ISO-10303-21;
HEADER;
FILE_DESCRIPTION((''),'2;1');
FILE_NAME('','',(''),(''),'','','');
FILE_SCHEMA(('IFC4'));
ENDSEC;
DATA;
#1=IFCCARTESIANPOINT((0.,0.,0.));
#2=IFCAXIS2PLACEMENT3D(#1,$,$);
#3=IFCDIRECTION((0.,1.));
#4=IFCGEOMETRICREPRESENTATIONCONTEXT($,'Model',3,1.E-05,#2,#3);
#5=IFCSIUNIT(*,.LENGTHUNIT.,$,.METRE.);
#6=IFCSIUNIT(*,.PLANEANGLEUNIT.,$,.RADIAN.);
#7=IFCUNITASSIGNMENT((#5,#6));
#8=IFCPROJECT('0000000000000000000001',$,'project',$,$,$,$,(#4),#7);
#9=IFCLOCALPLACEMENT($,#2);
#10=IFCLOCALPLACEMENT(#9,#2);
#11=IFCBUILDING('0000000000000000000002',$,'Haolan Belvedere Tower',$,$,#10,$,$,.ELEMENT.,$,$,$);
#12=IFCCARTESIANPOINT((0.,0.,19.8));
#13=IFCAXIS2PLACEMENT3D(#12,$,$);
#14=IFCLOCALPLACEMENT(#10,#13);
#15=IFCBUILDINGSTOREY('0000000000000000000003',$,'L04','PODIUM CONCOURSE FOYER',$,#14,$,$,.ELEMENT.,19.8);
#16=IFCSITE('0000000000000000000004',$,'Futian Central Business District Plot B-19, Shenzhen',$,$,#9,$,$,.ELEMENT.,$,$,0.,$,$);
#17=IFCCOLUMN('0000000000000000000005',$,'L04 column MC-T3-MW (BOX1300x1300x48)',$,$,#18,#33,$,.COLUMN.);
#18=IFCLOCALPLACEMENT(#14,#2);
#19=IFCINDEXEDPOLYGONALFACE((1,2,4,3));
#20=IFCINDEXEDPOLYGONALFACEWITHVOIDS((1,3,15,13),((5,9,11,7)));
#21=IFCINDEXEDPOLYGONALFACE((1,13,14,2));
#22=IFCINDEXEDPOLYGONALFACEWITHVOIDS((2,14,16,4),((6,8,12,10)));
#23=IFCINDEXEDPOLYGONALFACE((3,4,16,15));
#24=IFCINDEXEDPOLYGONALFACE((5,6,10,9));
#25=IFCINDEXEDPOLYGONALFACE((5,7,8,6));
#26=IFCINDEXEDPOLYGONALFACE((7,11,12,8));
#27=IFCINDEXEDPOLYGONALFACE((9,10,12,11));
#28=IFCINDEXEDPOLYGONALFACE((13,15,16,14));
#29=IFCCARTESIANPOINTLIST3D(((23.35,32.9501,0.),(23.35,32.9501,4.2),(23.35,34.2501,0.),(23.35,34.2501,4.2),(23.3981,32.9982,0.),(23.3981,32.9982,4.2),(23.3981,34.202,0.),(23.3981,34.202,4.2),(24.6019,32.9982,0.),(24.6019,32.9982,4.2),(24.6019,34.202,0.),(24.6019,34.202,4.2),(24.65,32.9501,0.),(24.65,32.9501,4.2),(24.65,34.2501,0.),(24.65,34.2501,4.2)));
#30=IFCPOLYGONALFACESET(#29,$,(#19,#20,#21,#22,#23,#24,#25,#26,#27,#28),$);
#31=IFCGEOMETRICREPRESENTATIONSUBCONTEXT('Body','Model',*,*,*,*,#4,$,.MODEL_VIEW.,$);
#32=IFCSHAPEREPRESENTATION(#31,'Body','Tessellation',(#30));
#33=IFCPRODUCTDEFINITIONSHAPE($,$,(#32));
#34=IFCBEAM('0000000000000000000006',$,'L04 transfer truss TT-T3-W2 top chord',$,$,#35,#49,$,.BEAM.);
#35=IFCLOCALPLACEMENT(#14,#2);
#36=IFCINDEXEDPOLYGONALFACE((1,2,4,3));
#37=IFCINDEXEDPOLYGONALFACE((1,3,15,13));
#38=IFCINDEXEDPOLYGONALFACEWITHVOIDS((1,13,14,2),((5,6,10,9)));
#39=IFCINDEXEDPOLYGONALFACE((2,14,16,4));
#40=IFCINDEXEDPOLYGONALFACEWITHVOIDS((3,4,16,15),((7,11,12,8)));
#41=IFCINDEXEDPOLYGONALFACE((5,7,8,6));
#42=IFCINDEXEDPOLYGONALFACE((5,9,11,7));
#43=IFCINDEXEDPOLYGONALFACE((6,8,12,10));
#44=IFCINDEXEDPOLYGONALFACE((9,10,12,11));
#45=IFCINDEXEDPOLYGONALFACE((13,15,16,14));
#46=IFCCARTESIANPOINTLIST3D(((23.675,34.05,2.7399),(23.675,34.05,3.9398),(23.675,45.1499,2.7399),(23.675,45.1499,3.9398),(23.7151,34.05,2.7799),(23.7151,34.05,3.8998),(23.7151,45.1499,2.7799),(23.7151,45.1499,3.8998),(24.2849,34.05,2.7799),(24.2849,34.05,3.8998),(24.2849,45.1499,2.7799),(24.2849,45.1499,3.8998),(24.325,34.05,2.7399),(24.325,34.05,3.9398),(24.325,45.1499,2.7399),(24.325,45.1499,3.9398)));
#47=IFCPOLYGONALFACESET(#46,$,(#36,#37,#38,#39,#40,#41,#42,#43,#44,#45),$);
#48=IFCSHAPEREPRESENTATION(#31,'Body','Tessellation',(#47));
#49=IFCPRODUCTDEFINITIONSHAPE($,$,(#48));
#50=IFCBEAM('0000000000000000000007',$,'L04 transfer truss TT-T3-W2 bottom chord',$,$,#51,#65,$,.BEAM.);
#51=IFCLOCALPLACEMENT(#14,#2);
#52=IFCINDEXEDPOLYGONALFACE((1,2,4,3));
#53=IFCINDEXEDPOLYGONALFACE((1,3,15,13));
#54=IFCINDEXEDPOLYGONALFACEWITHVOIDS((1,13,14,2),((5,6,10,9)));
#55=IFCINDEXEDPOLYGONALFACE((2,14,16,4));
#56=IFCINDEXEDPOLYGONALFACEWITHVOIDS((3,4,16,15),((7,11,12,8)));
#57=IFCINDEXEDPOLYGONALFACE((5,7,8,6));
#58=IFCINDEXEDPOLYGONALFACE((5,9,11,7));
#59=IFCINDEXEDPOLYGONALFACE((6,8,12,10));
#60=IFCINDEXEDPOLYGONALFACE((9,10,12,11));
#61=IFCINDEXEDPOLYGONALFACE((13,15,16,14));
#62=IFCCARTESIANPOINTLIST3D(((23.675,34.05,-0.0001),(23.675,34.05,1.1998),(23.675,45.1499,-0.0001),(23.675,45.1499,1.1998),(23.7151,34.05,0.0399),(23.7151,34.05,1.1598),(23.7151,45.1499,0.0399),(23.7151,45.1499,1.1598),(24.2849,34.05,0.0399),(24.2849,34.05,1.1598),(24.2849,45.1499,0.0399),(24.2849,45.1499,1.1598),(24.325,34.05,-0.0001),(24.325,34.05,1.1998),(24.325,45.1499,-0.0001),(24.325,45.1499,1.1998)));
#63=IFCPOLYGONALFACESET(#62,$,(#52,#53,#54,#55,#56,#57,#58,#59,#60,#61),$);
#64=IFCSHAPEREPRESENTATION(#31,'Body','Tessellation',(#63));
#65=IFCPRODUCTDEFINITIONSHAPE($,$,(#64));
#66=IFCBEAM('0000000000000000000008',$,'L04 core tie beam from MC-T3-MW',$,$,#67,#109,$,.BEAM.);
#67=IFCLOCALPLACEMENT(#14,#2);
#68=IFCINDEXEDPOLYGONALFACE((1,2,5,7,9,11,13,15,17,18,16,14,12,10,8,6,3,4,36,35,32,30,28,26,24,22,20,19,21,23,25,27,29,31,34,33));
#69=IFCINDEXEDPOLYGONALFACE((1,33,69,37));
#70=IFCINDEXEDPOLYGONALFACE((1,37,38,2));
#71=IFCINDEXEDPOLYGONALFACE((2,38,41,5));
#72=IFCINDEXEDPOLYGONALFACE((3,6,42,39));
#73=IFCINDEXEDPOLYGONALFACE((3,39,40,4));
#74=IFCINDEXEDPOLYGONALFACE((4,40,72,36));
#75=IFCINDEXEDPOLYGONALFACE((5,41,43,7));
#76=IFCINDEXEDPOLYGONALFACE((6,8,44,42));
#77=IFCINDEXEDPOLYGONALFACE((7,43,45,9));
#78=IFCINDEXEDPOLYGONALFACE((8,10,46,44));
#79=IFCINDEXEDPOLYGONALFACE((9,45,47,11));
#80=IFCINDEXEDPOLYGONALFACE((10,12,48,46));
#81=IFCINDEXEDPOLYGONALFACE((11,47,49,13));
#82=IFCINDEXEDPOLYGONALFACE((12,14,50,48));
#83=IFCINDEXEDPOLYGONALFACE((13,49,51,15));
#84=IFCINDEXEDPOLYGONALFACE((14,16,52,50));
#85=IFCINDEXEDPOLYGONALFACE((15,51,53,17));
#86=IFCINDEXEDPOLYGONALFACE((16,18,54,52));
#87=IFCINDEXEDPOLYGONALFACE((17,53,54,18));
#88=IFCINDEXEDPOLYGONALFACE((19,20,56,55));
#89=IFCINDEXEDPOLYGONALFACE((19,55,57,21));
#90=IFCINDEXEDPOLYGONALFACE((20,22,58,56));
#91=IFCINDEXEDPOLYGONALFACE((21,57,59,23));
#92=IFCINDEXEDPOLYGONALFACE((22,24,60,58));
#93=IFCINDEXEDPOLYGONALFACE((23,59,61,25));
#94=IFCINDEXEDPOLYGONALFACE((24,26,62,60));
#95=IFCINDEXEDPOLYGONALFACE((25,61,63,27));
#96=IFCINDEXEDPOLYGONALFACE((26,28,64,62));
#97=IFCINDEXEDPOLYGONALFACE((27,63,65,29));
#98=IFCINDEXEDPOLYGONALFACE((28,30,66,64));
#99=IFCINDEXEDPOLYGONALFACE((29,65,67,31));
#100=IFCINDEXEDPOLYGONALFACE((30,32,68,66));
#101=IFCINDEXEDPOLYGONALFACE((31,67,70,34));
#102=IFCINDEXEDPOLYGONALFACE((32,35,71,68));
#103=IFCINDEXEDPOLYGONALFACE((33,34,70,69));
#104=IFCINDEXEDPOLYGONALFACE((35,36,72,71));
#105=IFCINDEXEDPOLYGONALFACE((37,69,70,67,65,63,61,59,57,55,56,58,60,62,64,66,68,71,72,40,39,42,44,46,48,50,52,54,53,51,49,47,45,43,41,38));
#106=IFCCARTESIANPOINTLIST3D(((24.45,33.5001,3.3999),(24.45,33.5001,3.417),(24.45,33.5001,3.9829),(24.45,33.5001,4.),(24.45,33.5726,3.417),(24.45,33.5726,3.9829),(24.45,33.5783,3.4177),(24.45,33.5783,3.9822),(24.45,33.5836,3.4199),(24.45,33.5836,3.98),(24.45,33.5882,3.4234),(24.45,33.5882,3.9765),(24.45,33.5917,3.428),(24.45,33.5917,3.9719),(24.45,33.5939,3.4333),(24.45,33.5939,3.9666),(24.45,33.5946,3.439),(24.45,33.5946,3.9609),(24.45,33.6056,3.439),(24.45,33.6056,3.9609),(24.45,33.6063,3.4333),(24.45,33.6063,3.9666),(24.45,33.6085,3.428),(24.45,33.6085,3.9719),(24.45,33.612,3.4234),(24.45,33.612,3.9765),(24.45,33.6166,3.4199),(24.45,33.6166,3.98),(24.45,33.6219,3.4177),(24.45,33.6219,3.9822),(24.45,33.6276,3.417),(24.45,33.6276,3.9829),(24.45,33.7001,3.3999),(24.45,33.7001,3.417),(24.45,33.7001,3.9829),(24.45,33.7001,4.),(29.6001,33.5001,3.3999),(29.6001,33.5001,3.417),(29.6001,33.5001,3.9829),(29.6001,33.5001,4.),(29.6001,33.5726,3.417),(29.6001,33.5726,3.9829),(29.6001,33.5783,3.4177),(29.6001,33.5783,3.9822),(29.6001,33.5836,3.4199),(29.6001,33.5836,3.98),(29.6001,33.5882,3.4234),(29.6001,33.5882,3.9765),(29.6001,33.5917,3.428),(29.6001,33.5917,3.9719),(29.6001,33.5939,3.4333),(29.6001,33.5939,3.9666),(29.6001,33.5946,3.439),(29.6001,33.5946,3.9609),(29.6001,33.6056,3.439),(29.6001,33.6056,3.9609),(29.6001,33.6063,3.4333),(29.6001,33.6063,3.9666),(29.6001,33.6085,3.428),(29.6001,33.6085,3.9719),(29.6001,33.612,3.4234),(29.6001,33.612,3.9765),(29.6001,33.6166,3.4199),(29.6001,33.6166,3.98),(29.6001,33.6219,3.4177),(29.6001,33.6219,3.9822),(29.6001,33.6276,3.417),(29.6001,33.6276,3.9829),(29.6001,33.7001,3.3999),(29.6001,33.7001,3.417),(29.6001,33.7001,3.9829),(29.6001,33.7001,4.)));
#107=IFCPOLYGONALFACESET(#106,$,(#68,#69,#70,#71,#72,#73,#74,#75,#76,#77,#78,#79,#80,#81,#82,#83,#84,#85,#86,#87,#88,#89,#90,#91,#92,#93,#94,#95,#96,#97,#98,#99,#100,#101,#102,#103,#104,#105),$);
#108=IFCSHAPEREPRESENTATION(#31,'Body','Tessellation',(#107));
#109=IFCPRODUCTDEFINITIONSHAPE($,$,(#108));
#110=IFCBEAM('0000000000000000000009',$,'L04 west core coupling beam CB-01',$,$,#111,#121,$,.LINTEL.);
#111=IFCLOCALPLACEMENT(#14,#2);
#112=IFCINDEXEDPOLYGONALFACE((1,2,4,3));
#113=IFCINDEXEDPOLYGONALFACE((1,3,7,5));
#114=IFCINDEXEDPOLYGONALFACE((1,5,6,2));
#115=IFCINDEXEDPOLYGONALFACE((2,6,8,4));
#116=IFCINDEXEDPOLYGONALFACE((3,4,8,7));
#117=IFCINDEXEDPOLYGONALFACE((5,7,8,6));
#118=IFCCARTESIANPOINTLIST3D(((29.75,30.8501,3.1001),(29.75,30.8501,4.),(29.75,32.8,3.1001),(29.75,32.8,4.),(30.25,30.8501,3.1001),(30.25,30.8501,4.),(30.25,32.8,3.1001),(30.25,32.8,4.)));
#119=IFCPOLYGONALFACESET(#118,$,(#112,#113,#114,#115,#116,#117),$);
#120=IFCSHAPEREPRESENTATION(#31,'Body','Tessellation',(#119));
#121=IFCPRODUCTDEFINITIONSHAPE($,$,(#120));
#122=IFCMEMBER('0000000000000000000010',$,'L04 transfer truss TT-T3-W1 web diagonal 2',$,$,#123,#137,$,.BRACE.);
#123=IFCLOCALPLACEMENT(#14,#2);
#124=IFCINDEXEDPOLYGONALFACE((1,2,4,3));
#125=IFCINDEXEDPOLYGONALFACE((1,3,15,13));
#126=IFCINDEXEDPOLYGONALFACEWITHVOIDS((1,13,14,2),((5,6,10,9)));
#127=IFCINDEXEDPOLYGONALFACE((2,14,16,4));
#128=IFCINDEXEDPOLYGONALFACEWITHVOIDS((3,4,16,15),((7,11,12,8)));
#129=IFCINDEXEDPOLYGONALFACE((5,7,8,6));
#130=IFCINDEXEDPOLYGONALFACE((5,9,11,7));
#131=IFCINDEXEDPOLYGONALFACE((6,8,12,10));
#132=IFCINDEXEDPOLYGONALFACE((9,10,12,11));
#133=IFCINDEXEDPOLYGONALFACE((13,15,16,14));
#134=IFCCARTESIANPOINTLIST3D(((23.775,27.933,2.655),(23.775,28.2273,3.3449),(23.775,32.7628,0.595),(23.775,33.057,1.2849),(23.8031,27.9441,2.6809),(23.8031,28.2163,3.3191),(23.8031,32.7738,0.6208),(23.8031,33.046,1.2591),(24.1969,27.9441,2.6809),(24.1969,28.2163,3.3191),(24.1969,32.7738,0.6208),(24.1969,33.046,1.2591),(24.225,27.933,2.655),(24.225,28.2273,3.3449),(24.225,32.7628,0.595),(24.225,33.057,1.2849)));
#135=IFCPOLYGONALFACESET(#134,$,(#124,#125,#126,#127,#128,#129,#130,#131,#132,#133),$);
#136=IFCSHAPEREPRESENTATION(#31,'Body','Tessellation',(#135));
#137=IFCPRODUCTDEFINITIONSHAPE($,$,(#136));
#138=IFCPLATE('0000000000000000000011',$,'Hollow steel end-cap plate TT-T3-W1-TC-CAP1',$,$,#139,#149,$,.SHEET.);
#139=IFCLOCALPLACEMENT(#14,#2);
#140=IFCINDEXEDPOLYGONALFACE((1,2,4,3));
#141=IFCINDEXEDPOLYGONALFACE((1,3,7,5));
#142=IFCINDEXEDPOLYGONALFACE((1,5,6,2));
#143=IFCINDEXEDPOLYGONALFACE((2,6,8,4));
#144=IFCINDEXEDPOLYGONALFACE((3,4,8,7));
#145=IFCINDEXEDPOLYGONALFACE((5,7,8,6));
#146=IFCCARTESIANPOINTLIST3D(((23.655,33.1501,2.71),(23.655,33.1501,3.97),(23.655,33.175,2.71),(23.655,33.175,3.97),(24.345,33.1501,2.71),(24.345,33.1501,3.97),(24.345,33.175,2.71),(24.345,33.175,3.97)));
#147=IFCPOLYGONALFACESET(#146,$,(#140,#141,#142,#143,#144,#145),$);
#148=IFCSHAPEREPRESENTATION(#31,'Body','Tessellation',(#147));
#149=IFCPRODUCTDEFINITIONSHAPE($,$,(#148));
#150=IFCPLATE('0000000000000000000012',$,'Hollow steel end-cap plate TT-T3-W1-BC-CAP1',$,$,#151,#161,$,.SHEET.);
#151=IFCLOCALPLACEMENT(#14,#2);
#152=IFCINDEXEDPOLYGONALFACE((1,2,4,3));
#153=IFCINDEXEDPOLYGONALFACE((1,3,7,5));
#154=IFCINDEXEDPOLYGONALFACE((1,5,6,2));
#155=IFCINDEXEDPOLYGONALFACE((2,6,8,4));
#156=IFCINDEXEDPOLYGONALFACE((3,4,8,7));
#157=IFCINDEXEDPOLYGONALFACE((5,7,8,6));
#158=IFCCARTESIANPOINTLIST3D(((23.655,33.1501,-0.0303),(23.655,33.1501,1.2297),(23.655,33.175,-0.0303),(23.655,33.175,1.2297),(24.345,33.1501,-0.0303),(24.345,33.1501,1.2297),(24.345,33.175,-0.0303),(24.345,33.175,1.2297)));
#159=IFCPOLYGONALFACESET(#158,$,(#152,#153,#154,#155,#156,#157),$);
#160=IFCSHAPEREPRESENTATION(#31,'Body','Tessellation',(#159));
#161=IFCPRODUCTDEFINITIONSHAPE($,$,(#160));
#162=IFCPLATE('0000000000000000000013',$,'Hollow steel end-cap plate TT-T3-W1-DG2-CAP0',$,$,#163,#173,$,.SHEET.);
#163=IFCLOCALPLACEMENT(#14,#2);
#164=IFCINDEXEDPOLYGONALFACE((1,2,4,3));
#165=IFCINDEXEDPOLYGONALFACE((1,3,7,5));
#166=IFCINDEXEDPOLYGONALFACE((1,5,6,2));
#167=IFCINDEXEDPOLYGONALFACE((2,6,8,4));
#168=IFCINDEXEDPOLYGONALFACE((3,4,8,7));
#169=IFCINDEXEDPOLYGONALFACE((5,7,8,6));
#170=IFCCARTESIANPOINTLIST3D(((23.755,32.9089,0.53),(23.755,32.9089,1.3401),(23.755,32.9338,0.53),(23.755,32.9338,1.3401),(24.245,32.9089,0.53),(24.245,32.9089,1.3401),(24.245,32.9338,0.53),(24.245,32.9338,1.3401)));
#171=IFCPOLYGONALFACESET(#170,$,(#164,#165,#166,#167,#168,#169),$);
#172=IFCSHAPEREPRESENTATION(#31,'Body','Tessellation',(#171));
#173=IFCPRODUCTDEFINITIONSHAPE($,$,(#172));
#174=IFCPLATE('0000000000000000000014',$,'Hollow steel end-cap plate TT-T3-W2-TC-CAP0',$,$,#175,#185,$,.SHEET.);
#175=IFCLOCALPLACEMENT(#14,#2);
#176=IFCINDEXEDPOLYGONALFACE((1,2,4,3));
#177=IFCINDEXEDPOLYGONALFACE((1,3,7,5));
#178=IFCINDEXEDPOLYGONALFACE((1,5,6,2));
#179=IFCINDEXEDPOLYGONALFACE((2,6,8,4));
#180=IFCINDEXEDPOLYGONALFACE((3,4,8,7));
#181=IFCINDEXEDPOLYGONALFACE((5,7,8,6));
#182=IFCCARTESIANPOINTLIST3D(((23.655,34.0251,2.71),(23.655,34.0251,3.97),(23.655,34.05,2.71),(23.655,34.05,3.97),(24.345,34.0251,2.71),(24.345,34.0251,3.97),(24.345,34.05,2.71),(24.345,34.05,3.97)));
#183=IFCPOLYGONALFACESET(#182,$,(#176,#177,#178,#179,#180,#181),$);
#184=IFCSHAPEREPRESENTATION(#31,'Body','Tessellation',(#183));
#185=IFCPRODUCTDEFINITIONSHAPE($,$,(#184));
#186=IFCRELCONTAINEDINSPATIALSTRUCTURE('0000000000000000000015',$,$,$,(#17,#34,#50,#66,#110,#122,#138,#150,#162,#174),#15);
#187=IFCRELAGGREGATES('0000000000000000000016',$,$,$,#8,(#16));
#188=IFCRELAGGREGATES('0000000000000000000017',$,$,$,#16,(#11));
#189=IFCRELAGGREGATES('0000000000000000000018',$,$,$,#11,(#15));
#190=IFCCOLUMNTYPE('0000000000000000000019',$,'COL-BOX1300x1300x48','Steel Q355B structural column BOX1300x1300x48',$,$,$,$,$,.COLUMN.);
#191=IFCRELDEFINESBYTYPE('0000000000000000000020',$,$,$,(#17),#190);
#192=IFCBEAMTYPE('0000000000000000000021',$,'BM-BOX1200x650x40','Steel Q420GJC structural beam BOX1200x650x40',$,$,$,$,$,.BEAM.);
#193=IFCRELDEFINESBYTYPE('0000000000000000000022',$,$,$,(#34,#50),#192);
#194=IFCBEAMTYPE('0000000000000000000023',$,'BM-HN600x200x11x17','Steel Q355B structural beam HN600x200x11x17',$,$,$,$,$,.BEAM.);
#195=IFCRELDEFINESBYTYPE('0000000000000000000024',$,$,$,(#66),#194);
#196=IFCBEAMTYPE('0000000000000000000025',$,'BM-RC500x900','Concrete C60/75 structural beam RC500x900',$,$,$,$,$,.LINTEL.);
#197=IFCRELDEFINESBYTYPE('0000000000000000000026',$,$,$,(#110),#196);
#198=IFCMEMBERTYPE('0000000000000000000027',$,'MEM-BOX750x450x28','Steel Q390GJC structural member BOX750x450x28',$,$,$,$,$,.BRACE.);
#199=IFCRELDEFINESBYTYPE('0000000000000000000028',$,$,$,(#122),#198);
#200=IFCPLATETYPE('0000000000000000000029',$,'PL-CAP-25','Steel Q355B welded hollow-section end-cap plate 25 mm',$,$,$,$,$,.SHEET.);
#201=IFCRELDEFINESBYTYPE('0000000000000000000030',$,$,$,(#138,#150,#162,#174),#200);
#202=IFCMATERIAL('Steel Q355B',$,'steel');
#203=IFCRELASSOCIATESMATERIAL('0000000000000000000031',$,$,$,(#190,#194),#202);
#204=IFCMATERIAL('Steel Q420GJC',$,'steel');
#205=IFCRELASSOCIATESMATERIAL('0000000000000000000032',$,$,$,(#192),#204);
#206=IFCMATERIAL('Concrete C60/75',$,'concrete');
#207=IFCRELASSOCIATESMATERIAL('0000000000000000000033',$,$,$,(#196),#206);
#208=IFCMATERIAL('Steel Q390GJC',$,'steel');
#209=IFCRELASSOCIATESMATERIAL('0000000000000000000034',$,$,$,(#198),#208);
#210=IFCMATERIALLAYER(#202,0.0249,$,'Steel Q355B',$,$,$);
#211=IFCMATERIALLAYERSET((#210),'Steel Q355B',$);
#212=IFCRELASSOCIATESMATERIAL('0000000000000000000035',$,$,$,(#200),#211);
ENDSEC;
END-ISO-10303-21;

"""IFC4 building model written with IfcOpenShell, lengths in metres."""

from ifc_helpers import new_model, si_unit, direction, frame, origin, origin_2d, place, context, subcontext, project, spatial, rectangle, hollow_rectangle, i_section, extrude, material, layer, layer_set, material_profile, profile_set, type_object, element, save


model = new_model("IFC4")

# Units and contexts
model_context = context("Model", 3, precision=1e-05, world=origin(), true_north=direction((0.0, 1.0)))
body_context = subcontext(model_context, "Body", "Model", "MODEL_VIEW")
ifc_project = project(units=[si_unit("LENGTHUNIT", "METRE"), si_unit("PLANEANGLEUNIT", "RADIAN")], contexts=[model_context])

# Site, building, storey
site_placement = place(None, origin())
site = spatial("IfcSite", under=ifc_project, at=site_placement, Name="Futian Central Business District Plot B-19, Shenzhen", CompositionType="ELEMENT", RefElevation=0.0)
building_placement = place(site_placement, origin())
building = spatial("IfcBuilding", under=site, at=building_placement, Name="Haolan Belvedere Tower", CompositionType="ELEMENT")
storey_placement = place(building_placement, frame((0.0, 0.0, 19.8)))
storey = spatial("IfcBuildingStorey", under=building, at=storey_placement, Name="L04", Description="PODIUM CONCOURSE FOYER", CompositionType="ELEMENT", Elevation=19.8)

# Column
ifc_material_1 = material(Name="Steel Q355B", Category="steel")
ifc_material_profile_1 = material_profile(ifc_material_1, hollow_rectangle(XDim=1.3, YDim=1.3, WallThickness=0.0481, at=origin_2d()), Name="Steel Q355B")
ifc_profile_set_1 = profile_set([ifc_material_profile_1], Name="Steel Q355B")
column_type = type_object("IfcColumnType", Name="COL-BOX1300x1300x48", Description="Steel Q355B structural column BOX1300x1300x48", PredefinedType="COLUMN", material=ifc_profile_set_1)
column_placement = place(storey_placement, frame((24.0, 33.6001, 0.0), z_axis=(0.0, 0.0, 1.0), x_axis=(1.0, 0.0, 0.0)))
element("IfcColumn", 1, at=column_placement, inside=storey, type_object=column_type, Name="L04 column MC-T3-MW (BOX1300x1300x48)", PredefinedType="COLUMN", context=body_context, shape_type="SweptSolid", body=[
    extrude(hollow_rectangle(XDim=1.3, YDim=1.3, WallThickness=0.0481, at=origin_2d()), origin(), (0.0, 0.0, 1.0), 4.2),
])

# Beams
ifc_material_2 = material(Name="Steel Q420GJC", Category="steel")
ifc_material_profile_2 = material_profile(ifc_material_2, hollow_rectangle(XDim=0.6499, YDim=1.2, WallThickness=0.04, at=origin_2d()), Name="Steel Q420GJC")
ifc_profile_set_2 = profile_set([ifc_material_profile_2], Name="Steel Q420GJC")
beam_type_1 = type_object("IfcBeamType", Name="BM-BOX1200x650x40", Description="Steel Q420GJC structural beam BOX1200x650x40", PredefinedType="BEAM", material=ifc_profile_set_2)
for number, where, z_axis, x_axis, name in (
    (2, (24.0, 34.05, 3.3398), (0.0, 1.0, 0.0), (-1.0, 0.0, 0.0), "L04 transfer truss TT-T3-W2 top chord"),
    (3, (24.0, 34.05, 0.5999), (0.0, 1.0, 0.0), (-1.0, 0.0, 0.0), "L04 transfer truss TT-T3-W2 bottom chord"),
):
    element("IfcBeam", number, at=place(storey_placement, frame(where, z_axis=z_axis, x_axis=x_axis)), inside=storey, type_object=beam_type_1, Name=name, PredefinedType="BEAM", context=body_context, shape_type="SweptSolid", body=[
        extrude(hollow_rectangle(XDim=0.6499, YDim=1.2, WallThickness=0.04, at=origin_2d()), origin(), (0.0, 0.0, 1.0), 11.0999),
    ])
ifc_material_profile_3 = material_profile(ifc_material_1, i_section(OverallWidth=0.2, OverallDepth=0.6001, WebThickness=0.011, FlangeThickness=0.0171, FilletRadius=0.022, at=origin_2d()), Name="Steel Q355B")
ifc_profile_set_3 = profile_set([ifc_material_profile_3], Name="Steel Q355B")
beam_type_2 = type_object("IfcBeamType", Name="BM-HN600x200x11x17", Description="Steel Q355B structural beam HN600x200x11x17", PredefinedType="BEAM", material=ifc_profile_set_3)
beam_1_placement = place(storey_placement, frame((24.45, 33.6001, 3.7), z_axis=(1.0, 0.0, 0.0), x_axis=(0.0, 1.0, 0.0)))
element("IfcBeam", 4, at=beam_1_placement, inside=storey, type_object=beam_type_2, Name="L04 core tie beam from MC-T3-MW", PredefinedType="BEAM", context=body_context, shape_type="SweptSolid", body=[
    extrude(i_section(OverallWidth=0.2, OverallDepth=0.6001, WebThickness=0.011, FlangeThickness=0.0171, FilletRadius=0.022, at=origin_2d()), origin(), (0.0, 0.0, 1.0), 5.1501),
])
ifc_material_3 = material(Name="Concrete C60/75", Category="concrete")
ifc_material_profile_4 = material_profile(ifc_material_3, rectangle(XDim=0.5, YDim=0.8999, at=origin_2d()), Name="Concrete C60/75")
ifc_profile_set_4 = profile_set([ifc_material_profile_4], Name="Concrete C60/75")
beam_type_3 = type_object("IfcBeamType", Name="BM-RC500x900", Description="Concrete C60/75 structural beam RC500x900", PredefinedType="LINTEL", material=ifc_profile_set_4)
beam_2_placement = place(storey_placement, frame((30.0, 30.8501, 3.55), z_axis=(0.0, 1.0, 0.0), x_axis=(-1.0, 0.0, 0.0)))
element("IfcBeam", 5, at=beam_2_placement, inside=storey, type_object=beam_type_3, Name="L04 west core coupling beam CB-01", PredefinedType="LINTEL", context=body_context, shape_type="SweptSolid", body=[
    extrude(rectangle(XDim=0.5, YDim=0.8999, at=origin_2d()), origin(), (0.0, 0.0, 1.0), 1.95),
])

# Member
ifc_material_4 = material(Name="Steel Q390GJC", Category="steel")
ifc_material_profile_5 = material_profile(ifc_material_4, hollow_rectangle(XDim=0.45, YDim=0.75, WallThickness=0.0281, at=origin_2d()), Name="Steel Q390GJC")
ifc_profile_set_5 = profile_set([ifc_material_profile_5], Name="Steel Q390GJC")
member_type = type_object("IfcMemberType", Name="MEM-BOX750x450x28", Description="Steel Q390GJC structural member BOX750x450x28", PredefinedType="BRACE", material=ifc_profile_set_5)
member_placement = place(storey_placement, frame((24.0, 32.9099, 0.9399), z_axis=(0.0, -0.919824, 0.392331), x_axis=(1.0, 0.0, 0.0)))
element("IfcMember", 6, at=member_placement, inside=storey, type_object=member_type, Name="L04 transfer truss TT-T3-W1 web diagonal 2", PredefinedType="BRACE", context=body_context, shape_type="SweptSolid", body=[
    extrude(hollow_rectangle(XDim=0.45, YDim=0.75, WallThickness=0.0281, at=origin_2d()), origin(), (0.0, 0.0, 1.0), 5.2507),
])

# Plates
ifc_layer_1 = layer(ifc_material_1, 0.0249, Name="Steel Q355B")
ifc_layer_set_1 = layer_set([ifc_layer_1], Name="Steel Q355B")
plate_type_1 = type_object("IfcPlateType", Name="PL-CAP-25", Description="Steel Q355B welded hollow-section end-cap plate 25 mm", PredefinedType="SHEET", material=ifc_layer_set_1)
for number, where, z_axis, x_axis, name in (
    (7, (24.0, 33.1626, 2.71), (0.0, 0.0, 1.0), (-1.0, 0.0, 0.0), "Hollow steel end-cap plate TT-T3-W1-TC-CAP1"),
    (8, (24.0, 33.1626, -0.0303), (0.0, 0.0, 1.0), (-1.0, 0.0, 0.0), "Hollow steel end-cap plate TT-T3-W1-BC-CAP1"),
):
    element("IfcPlate", number, at=place(storey_placement, frame(where, z_axis=z_axis, x_axis=x_axis)), inside=storey, type_object=plate_type_1, Name=name, PredefinedType="SHEET", context=body_context, shape_type="SweptSolid", body=[
        extrude(rectangle(XDim=0.6899, YDim=0.0249, at=origin_2d()), origin(), (0.0, 0.0, 1.0), 1.26),
    ])
plate_1_placement = place(storey_placement, frame((24.0, 32.9214, 0.53), z_axis=(0.0, 0.0, 1.0), x_axis=(-1.0, 0.0, 0.0)))
element("IfcPlate", 9, at=plate_1_placement, inside=storey, type_object=plate_type_1, Name="Hollow steel end-cap plate TT-T3-W1-DG2-CAP0", PredefinedType="SHEET", context=body_context, shape_type="SweptSolid", body=[
    extrude(rectangle(XDim=0.49, YDim=0.0249, at=origin_2d()), origin(), (0.0, 0.0, 1.0), 0.8101),
])
for number, where, z_axis, x_axis, name in (
    (10, (24.0, 34.0376, 2.71), (0.0, 0.0, 1.0), (1.0, 0.0, 0.0), "Hollow steel end-cap plate TT-T3-W2-TC-CAP0"),
):
    element("IfcPlate", number, at=place(storey_placement, frame(where, z_axis=z_axis, x_axis=x_axis)), inside=storey, type_object=plate_type_1, Name=name, PredefinedType="SHEET", context=body_context, shape_type="SweptSolid", body=[
        extrude(rectangle(XDim=0.6899, YDim=0.0249, at=origin_2d()), origin(), (0.0, 0.0, 1.0), 1.26),
    ])

save(model, "model.ifc")
